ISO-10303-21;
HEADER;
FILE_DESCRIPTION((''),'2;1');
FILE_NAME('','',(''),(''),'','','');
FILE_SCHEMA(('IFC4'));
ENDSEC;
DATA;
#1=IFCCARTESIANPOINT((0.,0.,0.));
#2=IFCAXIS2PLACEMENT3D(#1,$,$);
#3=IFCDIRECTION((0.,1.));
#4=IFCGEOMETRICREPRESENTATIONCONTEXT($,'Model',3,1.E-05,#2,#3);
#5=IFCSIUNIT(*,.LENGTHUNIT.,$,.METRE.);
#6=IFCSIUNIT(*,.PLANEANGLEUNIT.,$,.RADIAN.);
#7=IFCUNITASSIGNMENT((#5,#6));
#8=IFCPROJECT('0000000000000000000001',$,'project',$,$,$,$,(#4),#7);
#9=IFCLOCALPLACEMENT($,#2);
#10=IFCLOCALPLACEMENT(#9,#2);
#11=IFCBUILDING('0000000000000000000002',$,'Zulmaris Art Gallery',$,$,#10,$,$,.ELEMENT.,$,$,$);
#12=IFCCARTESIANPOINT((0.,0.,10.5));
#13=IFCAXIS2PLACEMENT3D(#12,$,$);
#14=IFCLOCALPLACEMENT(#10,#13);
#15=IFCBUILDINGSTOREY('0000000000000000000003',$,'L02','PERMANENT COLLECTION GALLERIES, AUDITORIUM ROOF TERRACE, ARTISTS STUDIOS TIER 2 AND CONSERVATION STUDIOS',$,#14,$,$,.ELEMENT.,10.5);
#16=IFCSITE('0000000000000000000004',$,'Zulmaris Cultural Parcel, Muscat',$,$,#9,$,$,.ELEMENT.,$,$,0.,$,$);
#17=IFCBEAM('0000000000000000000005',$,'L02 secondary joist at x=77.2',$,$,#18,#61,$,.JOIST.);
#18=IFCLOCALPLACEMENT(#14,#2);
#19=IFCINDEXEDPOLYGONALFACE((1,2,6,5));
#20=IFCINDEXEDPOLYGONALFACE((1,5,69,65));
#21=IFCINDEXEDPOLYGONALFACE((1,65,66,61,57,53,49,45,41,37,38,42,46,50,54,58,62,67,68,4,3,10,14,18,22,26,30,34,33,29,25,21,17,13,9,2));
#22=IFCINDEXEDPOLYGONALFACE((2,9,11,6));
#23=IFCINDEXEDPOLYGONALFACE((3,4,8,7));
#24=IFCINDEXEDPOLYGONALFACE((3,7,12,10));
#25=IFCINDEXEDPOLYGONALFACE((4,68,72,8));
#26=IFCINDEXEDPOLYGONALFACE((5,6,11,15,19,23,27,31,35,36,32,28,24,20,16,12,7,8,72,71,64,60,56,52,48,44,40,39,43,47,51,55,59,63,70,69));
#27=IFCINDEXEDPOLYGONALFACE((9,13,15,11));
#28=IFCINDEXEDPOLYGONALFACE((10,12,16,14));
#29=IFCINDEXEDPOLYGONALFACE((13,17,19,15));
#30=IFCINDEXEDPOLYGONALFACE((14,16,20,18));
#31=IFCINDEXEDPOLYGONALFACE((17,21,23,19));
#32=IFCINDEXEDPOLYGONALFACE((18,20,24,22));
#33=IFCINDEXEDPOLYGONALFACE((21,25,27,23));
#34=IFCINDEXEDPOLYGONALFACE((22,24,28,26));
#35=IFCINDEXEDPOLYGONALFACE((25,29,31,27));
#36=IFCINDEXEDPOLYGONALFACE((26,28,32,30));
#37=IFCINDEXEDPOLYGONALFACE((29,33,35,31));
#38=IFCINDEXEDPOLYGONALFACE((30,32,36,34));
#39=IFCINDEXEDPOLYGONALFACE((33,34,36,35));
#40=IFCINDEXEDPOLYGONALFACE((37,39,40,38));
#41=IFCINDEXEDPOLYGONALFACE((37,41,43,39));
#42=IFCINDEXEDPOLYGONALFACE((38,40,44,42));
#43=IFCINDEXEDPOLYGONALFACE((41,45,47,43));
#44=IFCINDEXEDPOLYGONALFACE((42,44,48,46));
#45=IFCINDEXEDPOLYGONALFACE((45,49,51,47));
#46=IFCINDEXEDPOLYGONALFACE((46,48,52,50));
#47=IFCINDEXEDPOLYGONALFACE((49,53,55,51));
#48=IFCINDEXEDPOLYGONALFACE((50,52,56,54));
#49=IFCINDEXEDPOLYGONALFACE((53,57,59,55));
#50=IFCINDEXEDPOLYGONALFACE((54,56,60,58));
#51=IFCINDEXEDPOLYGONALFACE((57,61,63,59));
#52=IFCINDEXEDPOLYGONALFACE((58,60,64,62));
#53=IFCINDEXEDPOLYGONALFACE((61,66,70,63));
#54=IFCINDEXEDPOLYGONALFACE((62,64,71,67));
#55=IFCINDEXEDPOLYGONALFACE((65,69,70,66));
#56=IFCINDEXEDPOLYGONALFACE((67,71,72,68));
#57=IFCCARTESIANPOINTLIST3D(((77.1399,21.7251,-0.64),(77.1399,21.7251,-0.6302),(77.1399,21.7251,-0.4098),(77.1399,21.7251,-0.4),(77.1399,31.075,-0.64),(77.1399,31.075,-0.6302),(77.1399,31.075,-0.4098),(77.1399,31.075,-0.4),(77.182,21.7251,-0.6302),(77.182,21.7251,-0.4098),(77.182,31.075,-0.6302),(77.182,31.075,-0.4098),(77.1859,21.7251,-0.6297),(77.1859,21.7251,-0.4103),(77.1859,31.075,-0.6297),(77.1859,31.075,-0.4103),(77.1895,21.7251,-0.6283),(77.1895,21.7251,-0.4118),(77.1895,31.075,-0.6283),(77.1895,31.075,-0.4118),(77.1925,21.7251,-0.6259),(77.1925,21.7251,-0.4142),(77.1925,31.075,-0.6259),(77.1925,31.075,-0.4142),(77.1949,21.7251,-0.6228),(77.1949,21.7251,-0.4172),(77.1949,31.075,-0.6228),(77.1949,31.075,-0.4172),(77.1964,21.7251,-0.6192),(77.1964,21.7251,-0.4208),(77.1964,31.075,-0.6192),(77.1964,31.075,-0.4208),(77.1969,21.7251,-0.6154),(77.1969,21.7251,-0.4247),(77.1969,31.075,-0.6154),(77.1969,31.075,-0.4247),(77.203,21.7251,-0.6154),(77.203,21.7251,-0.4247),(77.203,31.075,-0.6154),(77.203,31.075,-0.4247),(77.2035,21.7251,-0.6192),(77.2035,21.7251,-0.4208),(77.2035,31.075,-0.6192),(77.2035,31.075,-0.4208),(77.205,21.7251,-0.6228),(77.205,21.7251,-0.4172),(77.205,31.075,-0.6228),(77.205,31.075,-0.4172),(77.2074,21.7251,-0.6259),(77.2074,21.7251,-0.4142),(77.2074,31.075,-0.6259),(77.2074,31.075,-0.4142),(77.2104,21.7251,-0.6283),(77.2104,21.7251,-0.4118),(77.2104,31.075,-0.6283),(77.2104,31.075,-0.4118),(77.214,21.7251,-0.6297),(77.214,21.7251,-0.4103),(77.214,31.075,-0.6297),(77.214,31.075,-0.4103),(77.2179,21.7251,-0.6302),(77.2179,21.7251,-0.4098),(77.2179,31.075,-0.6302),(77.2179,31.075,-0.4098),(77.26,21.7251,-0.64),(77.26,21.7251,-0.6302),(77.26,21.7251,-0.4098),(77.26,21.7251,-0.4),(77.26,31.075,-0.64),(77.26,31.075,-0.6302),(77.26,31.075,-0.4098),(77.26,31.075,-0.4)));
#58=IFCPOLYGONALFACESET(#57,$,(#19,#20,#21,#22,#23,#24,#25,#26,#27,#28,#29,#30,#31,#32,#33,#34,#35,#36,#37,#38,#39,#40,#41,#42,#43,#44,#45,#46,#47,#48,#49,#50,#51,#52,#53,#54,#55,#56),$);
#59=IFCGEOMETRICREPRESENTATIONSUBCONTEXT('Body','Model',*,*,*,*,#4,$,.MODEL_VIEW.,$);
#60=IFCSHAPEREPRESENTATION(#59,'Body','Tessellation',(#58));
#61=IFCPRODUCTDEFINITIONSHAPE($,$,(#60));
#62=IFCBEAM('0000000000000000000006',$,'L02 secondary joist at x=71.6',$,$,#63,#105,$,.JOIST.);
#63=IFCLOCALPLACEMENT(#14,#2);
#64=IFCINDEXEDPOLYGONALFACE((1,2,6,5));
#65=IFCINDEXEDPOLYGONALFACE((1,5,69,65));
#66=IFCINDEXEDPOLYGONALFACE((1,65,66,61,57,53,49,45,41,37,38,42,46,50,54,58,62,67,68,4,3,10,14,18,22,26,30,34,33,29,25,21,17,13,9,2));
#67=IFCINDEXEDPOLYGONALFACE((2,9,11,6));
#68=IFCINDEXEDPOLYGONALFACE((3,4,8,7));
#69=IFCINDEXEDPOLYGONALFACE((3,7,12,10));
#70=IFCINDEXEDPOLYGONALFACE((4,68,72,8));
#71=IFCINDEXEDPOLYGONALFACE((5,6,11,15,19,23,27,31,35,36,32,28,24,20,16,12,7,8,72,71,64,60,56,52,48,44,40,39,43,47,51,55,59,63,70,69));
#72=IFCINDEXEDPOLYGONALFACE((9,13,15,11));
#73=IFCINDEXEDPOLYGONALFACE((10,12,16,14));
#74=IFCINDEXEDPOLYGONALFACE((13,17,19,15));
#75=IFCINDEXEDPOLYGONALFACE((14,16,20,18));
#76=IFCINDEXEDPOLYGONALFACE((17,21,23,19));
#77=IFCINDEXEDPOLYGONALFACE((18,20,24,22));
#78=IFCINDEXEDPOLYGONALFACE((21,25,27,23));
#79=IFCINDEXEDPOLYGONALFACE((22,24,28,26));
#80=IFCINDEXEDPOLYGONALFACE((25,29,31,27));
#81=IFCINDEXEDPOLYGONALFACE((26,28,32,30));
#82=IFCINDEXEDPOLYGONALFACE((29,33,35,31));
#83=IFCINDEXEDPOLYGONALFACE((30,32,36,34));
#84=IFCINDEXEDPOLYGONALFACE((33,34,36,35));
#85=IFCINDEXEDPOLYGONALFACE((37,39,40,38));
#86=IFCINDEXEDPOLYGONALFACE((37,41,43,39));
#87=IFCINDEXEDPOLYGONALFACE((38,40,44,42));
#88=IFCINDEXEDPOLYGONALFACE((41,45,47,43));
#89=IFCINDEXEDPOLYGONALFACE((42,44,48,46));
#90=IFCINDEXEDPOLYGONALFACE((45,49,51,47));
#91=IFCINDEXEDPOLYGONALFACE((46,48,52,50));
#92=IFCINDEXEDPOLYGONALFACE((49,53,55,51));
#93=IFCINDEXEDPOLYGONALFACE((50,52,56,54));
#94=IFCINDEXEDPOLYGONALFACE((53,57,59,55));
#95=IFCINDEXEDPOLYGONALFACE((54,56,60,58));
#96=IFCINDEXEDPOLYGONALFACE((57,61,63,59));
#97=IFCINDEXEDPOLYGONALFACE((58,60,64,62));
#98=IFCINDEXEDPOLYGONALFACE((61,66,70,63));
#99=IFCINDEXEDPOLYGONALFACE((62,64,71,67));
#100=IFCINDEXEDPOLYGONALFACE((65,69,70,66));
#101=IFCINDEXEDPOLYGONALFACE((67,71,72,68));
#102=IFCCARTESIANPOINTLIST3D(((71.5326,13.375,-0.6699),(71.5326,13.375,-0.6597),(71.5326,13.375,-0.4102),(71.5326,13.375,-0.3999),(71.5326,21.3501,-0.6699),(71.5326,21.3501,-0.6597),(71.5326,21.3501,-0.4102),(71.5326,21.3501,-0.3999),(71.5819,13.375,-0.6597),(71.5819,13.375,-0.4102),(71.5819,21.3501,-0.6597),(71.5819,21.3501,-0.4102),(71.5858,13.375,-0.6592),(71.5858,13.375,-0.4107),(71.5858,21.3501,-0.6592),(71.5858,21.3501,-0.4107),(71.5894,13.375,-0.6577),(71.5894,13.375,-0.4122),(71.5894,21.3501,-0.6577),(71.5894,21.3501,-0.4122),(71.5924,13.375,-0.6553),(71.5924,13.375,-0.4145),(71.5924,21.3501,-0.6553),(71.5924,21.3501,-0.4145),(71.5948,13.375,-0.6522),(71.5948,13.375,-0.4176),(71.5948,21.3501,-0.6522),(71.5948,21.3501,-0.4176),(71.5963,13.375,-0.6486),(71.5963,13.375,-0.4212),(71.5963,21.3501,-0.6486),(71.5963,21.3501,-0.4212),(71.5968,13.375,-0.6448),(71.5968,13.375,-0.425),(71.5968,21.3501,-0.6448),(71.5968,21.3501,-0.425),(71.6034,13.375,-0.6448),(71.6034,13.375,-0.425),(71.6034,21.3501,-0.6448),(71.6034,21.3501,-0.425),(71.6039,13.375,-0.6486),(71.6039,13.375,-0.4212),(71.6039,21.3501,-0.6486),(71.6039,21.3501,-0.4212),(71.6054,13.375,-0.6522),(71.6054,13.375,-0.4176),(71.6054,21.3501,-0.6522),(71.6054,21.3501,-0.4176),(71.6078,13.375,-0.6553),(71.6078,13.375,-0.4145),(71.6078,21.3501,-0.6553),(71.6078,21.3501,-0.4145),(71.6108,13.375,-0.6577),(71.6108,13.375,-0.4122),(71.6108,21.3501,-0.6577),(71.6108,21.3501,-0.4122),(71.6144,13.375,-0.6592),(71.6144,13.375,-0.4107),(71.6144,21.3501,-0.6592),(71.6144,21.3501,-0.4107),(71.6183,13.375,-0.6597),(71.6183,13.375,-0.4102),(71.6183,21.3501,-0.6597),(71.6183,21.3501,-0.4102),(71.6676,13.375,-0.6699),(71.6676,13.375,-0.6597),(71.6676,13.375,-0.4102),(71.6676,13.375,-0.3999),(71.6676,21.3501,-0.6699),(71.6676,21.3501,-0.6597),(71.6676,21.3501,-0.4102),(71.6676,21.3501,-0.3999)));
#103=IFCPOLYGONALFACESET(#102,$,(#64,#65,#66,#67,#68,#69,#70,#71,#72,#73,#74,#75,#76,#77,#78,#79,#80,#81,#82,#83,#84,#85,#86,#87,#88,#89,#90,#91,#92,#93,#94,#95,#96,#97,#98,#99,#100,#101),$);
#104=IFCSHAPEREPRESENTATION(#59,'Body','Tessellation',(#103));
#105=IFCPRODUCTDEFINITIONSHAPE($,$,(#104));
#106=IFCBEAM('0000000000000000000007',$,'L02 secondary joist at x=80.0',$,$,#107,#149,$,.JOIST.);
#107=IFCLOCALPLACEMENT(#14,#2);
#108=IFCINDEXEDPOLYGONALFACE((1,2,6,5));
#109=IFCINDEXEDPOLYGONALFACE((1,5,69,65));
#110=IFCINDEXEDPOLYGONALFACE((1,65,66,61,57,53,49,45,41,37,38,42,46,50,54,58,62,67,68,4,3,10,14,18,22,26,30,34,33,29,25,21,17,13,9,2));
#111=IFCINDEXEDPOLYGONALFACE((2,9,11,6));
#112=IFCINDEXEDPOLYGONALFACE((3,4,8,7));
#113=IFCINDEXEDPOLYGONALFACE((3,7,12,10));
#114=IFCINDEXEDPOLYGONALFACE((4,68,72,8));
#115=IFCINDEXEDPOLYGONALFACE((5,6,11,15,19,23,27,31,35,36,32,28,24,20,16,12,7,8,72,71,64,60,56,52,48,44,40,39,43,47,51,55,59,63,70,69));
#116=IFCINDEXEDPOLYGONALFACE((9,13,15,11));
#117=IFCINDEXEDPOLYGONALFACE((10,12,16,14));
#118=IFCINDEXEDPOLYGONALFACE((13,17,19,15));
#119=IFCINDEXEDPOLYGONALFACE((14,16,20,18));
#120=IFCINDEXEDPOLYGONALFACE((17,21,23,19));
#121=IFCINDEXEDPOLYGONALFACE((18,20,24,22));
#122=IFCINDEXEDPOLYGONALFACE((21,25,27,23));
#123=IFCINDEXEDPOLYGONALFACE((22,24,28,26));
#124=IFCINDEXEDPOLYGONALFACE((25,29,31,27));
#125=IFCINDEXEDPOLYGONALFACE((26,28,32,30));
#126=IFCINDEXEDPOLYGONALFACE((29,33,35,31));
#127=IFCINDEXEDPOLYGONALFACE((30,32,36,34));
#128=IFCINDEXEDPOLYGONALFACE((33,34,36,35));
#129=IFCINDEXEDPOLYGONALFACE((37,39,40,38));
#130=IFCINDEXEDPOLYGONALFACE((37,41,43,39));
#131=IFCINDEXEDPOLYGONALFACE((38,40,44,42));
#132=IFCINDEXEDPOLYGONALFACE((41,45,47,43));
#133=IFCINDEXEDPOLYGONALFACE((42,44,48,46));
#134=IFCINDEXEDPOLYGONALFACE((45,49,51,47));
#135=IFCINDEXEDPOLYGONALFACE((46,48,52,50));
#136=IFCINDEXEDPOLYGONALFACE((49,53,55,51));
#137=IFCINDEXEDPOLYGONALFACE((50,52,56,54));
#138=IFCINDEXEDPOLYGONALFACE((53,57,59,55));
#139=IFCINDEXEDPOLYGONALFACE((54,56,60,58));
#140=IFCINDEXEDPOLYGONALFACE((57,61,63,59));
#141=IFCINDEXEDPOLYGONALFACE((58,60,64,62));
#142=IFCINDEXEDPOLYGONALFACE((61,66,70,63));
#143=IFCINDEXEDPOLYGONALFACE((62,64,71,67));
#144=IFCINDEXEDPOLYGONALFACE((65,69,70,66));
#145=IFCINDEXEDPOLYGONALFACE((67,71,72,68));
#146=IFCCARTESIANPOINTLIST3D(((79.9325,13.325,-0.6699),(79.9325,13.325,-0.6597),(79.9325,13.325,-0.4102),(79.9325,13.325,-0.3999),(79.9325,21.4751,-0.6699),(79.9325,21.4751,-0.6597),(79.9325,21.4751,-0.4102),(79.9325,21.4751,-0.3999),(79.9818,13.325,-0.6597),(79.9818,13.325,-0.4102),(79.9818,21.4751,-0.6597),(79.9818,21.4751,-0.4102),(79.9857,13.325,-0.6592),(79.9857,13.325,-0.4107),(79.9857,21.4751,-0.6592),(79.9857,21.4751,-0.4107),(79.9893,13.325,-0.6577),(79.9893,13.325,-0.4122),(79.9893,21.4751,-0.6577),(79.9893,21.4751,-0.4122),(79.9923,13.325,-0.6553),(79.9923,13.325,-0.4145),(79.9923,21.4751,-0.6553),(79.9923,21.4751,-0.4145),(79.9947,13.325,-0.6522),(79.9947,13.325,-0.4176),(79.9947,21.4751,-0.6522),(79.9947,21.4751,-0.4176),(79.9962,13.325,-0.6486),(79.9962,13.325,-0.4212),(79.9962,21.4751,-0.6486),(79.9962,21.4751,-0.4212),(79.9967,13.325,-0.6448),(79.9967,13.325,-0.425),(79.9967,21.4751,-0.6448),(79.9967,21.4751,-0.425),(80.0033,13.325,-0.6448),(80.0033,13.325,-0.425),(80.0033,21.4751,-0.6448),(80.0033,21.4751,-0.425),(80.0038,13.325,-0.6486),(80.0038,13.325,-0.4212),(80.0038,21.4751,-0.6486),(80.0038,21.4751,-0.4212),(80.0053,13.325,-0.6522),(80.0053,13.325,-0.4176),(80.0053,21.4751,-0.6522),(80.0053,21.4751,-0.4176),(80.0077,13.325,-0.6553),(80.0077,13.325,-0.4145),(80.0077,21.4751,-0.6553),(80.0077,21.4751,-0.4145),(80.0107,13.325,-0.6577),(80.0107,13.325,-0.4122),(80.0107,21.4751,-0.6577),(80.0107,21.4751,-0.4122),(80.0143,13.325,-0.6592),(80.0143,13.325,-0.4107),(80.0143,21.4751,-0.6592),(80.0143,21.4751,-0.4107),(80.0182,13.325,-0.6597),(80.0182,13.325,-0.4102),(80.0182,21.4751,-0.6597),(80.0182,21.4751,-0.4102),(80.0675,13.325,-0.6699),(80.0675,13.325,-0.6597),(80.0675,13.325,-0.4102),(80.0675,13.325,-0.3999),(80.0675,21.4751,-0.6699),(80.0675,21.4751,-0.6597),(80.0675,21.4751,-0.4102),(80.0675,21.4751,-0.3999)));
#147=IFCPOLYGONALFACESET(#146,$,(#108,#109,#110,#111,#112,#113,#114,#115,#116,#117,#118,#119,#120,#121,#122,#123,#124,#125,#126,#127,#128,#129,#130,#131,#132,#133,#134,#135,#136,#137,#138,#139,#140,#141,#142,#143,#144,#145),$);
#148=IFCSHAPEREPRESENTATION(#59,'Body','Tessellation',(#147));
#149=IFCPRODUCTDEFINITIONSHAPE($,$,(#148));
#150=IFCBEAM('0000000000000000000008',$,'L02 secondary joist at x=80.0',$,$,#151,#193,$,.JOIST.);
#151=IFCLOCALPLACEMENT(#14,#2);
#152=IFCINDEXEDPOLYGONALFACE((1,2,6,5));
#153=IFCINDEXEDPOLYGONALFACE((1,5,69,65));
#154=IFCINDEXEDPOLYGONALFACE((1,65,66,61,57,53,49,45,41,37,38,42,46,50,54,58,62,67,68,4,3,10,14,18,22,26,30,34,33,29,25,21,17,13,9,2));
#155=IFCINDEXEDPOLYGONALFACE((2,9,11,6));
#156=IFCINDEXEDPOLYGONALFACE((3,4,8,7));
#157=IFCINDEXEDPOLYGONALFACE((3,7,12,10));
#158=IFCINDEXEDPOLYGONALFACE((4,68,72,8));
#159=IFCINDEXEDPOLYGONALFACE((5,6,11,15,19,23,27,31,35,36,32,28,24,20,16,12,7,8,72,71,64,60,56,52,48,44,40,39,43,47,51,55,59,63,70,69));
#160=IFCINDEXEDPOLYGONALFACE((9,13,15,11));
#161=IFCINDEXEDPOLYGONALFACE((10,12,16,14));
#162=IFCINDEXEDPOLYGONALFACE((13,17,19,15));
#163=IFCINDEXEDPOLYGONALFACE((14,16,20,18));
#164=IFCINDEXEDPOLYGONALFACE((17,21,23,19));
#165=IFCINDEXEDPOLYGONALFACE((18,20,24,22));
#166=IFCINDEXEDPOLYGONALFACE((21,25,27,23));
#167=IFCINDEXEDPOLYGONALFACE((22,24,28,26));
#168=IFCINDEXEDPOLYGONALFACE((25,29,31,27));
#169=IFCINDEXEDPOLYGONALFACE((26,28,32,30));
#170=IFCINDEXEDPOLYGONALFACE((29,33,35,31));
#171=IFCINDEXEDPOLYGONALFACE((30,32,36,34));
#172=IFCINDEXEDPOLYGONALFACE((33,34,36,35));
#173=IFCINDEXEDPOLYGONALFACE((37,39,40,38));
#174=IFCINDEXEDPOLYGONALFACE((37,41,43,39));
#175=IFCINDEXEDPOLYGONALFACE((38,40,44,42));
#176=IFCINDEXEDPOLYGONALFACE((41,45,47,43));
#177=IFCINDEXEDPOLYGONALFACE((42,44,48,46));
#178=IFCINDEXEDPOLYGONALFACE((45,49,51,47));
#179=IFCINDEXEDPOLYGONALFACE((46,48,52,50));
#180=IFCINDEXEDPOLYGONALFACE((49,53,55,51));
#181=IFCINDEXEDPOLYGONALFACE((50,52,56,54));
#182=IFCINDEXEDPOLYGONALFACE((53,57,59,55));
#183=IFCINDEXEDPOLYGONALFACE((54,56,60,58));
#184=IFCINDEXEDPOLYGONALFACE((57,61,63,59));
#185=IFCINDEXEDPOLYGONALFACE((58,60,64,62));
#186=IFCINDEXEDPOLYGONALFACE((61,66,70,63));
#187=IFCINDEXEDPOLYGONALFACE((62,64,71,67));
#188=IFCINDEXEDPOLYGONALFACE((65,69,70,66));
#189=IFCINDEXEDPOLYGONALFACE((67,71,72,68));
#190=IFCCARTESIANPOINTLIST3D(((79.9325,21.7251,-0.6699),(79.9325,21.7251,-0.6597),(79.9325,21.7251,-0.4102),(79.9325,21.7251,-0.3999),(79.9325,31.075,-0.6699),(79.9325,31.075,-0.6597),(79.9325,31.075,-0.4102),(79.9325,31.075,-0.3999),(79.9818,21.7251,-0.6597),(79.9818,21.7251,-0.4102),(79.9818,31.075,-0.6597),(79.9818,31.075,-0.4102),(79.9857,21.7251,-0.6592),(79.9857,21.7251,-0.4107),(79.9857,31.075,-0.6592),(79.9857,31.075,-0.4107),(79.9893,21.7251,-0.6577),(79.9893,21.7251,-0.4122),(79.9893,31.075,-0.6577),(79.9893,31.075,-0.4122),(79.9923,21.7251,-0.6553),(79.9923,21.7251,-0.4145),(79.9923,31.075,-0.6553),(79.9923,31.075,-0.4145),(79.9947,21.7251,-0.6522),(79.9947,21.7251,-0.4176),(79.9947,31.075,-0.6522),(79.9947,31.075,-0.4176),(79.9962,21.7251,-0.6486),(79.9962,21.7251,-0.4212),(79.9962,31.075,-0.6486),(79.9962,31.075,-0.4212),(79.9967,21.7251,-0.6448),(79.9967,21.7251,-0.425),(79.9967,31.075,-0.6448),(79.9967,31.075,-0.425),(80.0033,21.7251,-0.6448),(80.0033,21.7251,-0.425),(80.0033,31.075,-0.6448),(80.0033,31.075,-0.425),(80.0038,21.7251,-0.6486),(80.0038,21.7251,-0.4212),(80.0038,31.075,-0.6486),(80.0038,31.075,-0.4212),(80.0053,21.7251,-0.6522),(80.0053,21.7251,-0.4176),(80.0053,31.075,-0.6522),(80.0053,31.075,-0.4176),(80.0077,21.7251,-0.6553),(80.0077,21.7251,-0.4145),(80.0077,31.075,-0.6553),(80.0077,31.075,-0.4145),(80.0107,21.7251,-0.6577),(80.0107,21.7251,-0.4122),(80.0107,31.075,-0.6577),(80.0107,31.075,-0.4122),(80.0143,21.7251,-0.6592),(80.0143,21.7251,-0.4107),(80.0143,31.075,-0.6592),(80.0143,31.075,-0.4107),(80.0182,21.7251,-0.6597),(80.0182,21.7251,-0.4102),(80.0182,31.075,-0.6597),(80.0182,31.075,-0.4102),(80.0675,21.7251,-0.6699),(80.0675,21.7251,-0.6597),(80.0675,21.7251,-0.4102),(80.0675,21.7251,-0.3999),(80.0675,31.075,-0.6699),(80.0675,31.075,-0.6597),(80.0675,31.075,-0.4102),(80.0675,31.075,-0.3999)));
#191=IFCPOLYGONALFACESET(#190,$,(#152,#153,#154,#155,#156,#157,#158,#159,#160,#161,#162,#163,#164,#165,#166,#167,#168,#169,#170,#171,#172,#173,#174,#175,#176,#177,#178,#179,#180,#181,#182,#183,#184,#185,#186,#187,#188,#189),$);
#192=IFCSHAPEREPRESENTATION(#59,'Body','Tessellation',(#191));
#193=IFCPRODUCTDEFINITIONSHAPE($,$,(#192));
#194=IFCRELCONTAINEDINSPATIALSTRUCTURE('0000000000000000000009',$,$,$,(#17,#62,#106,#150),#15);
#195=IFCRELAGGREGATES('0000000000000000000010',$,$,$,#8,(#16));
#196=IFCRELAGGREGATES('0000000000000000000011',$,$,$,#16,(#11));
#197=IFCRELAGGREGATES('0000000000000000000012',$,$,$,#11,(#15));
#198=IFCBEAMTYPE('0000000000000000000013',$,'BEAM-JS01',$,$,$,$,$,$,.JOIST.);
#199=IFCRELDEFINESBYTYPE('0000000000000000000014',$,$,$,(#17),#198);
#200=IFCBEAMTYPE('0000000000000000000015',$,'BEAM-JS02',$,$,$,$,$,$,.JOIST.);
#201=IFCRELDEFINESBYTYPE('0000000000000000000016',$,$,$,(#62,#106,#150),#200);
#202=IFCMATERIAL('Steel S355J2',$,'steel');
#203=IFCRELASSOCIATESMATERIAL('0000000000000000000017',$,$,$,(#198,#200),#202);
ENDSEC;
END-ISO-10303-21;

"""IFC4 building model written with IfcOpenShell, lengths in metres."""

from ifc_helpers import new_model, si_unit, direction, frame, origin, origin_2d, place, context, subcontext, project, spatial, i_section, extrude, material, material_profile, profile_set, type_object, element, save


model = new_model("IFC4")

# Units and contexts
model_context = context("Model", 3, precision=1e-05, world=origin(), true_north=direction((0.0, 1.0)))
body_context = subcontext(model_context, "Body", "Model", "MODEL_VIEW")
ifc_project = project(units=[si_unit("LENGTHUNIT", "METRE"), si_unit("PLANEANGLEUNIT", "RADIAN")], contexts=[model_context])

# Site, building, storey
site_placement = place(None, origin())
site = spatial("IfcSite", under=ifc_project, at=site_placement, Name="Zulmaris Cultural Parcel, Muscat", CompositionType="ELEMENT", RefElevation=0.0)
building_placement = place(site_placement, origin())
building = spatial("IfcBuilding", under=site, at=building_placement, Name="Zulmaris Art Gallery", CompositionType="ELEMENT")
storey_placement = place(building_placement, frame((0.0, 0.0, 10.5)))
storey = spatial("IfcBuildingStorey", under=building, at=storey_placement, Name="L02", Description="PERMANENT COLLECTION GALLERIES, AUDITORIUM ROOF TERRACE, ARTISTS STUDIOS TIER 2 AND CONSERVATION STUDIOS", CompositionType="ELEMENT", Elevation=10.5)

# Beams
ifc_material_1 = material(Name="Steel S355J2", Category="steel")
ifc_material_profile_1 = material_profile(ifc_material_1, i_section(OverallWidth=0.1201, OverallDepth=0.24, WebThickness=0.0061, FlangeThickness=0.0098, FilletRadius=0.0149, at=origin_2d()), Name="IPE 240")
ifc_profile_set_1 = profile_set([ifc_material_profile_1], Name="Steel S355J2")
beam_type_1 = type_object("IfcBeamType", Name="BEAM-JS01", PredefinedType="JOIST", material=ifc_profile_set_1)
beam_1_placement = place(storey_placement, frame((77.2, 21.7251, -0.52), z_axis=(0.0, 1.0, 0.0), x_axis=(-1.0, 0.0, 0.0)))
element("IfcBeam", 1, at=beam_1_placement, inside=storey, type_object=beam_type_1, Name="L02 secondary joist at x=77.2", PredefinedType="JOIST", context=body_context, shape_type="SweptSolid", body=[
    extrude(i_section(OverallWidth=0.1201, OverallDepth=0.24, WebThickness=0.0061, FlangeThickness=0.0098, FilletRadius=0.0149, at=origin_2d()), origin(), (0.0, 0.0, 1.0), 9.3499),
])
ifc_material_profile_2 = material_profile(ifc_material_1, i_section(OverallWidth=0.135, OverallDepth=0.27, WebThickness=0.0066, FlangeThickness=0.0103, FilletRadius=0.0149, at=origin_2d()), Name="IPE 270")
ifc_profile_set_2 = profile_set([ifc_material_profile_2], Name="Steel S355J2")
beam_type_2 = type_object("IfcBeamType", Name="BEAM-JS02", PredefinedType="JOIST", material=ifc_profile_set_2)
beam_2_placement = place(storey_placement, frame((71.6001, 13.375, -0.5349), z_axis=(0.0, 1.0, 0.0), x_axis=(-1.0, 0.0, 0.0)))
element("IfcBeam", 2, at=beam_2_placement, inside=storey, type_object=beam_type_2, Name="L02 secondary joist at x=71.6", PredefinedType="JOIST", context=body_context, shape_type="SweptSolid", body=[
    extrude(i_section(OverallWidth=0.135, OverallDepth=0.27, WebThickness=0.0066, FlangeThickness=0.0103, FilletRadius=0.0149, at=origin_2d()), origin(), (0.0, 0.0, 1.0), 7.9751),
])
beam_3_placement = place(storey_placement, frame((80.0, 13.325, -0.5349), z_axis=(0.0, 1.0, 0.0), x_axis=(-1.0, 0.0, 0.0)))
element("IfcBeam", 3, at=beam_3_placement, inside=storey, type_object=beam_type_2, Name="L02 secondary joist at x=80.0", PredefinedType="JOIST", context=body_context, shape_type="SweptSolid", body=[
    extrude(i_section(OverallWidth=0.135, OverallDepth=0.27, WebThickness=0.0066, FlangeThickness=0.0103, FilletRadius=0.0149, at=origin_2d()), origin(), (0.0, 0.0, 1.0), 8.1501),
])
beam_4_placement = place(storey_placement, frame((80.0, 21.7251, -0.5349), z_axis=(0.0, 1.0, 0.0), x_axis=(-1.0, 0.0, 0.0)))
element("IfcBeam", 4, at=beam_4_placement, inside=storey, type_object=beam_type_2, Name="L02 secondary joist at x=80.0", PredefinedType="JOIST", context=body_context, shape_type="SweptSolid", body=[
    extrude(i_section(OverallWidth=0.135, OverallDepth=0.27, WebThickness=0.0066, FlangeThickness=0.0103, FilletRadius=0.0149, at=origin_2d()), origin(), (0.0, 0.0, 1.0), 9.3499),
])

save(model, "model.ifc")
